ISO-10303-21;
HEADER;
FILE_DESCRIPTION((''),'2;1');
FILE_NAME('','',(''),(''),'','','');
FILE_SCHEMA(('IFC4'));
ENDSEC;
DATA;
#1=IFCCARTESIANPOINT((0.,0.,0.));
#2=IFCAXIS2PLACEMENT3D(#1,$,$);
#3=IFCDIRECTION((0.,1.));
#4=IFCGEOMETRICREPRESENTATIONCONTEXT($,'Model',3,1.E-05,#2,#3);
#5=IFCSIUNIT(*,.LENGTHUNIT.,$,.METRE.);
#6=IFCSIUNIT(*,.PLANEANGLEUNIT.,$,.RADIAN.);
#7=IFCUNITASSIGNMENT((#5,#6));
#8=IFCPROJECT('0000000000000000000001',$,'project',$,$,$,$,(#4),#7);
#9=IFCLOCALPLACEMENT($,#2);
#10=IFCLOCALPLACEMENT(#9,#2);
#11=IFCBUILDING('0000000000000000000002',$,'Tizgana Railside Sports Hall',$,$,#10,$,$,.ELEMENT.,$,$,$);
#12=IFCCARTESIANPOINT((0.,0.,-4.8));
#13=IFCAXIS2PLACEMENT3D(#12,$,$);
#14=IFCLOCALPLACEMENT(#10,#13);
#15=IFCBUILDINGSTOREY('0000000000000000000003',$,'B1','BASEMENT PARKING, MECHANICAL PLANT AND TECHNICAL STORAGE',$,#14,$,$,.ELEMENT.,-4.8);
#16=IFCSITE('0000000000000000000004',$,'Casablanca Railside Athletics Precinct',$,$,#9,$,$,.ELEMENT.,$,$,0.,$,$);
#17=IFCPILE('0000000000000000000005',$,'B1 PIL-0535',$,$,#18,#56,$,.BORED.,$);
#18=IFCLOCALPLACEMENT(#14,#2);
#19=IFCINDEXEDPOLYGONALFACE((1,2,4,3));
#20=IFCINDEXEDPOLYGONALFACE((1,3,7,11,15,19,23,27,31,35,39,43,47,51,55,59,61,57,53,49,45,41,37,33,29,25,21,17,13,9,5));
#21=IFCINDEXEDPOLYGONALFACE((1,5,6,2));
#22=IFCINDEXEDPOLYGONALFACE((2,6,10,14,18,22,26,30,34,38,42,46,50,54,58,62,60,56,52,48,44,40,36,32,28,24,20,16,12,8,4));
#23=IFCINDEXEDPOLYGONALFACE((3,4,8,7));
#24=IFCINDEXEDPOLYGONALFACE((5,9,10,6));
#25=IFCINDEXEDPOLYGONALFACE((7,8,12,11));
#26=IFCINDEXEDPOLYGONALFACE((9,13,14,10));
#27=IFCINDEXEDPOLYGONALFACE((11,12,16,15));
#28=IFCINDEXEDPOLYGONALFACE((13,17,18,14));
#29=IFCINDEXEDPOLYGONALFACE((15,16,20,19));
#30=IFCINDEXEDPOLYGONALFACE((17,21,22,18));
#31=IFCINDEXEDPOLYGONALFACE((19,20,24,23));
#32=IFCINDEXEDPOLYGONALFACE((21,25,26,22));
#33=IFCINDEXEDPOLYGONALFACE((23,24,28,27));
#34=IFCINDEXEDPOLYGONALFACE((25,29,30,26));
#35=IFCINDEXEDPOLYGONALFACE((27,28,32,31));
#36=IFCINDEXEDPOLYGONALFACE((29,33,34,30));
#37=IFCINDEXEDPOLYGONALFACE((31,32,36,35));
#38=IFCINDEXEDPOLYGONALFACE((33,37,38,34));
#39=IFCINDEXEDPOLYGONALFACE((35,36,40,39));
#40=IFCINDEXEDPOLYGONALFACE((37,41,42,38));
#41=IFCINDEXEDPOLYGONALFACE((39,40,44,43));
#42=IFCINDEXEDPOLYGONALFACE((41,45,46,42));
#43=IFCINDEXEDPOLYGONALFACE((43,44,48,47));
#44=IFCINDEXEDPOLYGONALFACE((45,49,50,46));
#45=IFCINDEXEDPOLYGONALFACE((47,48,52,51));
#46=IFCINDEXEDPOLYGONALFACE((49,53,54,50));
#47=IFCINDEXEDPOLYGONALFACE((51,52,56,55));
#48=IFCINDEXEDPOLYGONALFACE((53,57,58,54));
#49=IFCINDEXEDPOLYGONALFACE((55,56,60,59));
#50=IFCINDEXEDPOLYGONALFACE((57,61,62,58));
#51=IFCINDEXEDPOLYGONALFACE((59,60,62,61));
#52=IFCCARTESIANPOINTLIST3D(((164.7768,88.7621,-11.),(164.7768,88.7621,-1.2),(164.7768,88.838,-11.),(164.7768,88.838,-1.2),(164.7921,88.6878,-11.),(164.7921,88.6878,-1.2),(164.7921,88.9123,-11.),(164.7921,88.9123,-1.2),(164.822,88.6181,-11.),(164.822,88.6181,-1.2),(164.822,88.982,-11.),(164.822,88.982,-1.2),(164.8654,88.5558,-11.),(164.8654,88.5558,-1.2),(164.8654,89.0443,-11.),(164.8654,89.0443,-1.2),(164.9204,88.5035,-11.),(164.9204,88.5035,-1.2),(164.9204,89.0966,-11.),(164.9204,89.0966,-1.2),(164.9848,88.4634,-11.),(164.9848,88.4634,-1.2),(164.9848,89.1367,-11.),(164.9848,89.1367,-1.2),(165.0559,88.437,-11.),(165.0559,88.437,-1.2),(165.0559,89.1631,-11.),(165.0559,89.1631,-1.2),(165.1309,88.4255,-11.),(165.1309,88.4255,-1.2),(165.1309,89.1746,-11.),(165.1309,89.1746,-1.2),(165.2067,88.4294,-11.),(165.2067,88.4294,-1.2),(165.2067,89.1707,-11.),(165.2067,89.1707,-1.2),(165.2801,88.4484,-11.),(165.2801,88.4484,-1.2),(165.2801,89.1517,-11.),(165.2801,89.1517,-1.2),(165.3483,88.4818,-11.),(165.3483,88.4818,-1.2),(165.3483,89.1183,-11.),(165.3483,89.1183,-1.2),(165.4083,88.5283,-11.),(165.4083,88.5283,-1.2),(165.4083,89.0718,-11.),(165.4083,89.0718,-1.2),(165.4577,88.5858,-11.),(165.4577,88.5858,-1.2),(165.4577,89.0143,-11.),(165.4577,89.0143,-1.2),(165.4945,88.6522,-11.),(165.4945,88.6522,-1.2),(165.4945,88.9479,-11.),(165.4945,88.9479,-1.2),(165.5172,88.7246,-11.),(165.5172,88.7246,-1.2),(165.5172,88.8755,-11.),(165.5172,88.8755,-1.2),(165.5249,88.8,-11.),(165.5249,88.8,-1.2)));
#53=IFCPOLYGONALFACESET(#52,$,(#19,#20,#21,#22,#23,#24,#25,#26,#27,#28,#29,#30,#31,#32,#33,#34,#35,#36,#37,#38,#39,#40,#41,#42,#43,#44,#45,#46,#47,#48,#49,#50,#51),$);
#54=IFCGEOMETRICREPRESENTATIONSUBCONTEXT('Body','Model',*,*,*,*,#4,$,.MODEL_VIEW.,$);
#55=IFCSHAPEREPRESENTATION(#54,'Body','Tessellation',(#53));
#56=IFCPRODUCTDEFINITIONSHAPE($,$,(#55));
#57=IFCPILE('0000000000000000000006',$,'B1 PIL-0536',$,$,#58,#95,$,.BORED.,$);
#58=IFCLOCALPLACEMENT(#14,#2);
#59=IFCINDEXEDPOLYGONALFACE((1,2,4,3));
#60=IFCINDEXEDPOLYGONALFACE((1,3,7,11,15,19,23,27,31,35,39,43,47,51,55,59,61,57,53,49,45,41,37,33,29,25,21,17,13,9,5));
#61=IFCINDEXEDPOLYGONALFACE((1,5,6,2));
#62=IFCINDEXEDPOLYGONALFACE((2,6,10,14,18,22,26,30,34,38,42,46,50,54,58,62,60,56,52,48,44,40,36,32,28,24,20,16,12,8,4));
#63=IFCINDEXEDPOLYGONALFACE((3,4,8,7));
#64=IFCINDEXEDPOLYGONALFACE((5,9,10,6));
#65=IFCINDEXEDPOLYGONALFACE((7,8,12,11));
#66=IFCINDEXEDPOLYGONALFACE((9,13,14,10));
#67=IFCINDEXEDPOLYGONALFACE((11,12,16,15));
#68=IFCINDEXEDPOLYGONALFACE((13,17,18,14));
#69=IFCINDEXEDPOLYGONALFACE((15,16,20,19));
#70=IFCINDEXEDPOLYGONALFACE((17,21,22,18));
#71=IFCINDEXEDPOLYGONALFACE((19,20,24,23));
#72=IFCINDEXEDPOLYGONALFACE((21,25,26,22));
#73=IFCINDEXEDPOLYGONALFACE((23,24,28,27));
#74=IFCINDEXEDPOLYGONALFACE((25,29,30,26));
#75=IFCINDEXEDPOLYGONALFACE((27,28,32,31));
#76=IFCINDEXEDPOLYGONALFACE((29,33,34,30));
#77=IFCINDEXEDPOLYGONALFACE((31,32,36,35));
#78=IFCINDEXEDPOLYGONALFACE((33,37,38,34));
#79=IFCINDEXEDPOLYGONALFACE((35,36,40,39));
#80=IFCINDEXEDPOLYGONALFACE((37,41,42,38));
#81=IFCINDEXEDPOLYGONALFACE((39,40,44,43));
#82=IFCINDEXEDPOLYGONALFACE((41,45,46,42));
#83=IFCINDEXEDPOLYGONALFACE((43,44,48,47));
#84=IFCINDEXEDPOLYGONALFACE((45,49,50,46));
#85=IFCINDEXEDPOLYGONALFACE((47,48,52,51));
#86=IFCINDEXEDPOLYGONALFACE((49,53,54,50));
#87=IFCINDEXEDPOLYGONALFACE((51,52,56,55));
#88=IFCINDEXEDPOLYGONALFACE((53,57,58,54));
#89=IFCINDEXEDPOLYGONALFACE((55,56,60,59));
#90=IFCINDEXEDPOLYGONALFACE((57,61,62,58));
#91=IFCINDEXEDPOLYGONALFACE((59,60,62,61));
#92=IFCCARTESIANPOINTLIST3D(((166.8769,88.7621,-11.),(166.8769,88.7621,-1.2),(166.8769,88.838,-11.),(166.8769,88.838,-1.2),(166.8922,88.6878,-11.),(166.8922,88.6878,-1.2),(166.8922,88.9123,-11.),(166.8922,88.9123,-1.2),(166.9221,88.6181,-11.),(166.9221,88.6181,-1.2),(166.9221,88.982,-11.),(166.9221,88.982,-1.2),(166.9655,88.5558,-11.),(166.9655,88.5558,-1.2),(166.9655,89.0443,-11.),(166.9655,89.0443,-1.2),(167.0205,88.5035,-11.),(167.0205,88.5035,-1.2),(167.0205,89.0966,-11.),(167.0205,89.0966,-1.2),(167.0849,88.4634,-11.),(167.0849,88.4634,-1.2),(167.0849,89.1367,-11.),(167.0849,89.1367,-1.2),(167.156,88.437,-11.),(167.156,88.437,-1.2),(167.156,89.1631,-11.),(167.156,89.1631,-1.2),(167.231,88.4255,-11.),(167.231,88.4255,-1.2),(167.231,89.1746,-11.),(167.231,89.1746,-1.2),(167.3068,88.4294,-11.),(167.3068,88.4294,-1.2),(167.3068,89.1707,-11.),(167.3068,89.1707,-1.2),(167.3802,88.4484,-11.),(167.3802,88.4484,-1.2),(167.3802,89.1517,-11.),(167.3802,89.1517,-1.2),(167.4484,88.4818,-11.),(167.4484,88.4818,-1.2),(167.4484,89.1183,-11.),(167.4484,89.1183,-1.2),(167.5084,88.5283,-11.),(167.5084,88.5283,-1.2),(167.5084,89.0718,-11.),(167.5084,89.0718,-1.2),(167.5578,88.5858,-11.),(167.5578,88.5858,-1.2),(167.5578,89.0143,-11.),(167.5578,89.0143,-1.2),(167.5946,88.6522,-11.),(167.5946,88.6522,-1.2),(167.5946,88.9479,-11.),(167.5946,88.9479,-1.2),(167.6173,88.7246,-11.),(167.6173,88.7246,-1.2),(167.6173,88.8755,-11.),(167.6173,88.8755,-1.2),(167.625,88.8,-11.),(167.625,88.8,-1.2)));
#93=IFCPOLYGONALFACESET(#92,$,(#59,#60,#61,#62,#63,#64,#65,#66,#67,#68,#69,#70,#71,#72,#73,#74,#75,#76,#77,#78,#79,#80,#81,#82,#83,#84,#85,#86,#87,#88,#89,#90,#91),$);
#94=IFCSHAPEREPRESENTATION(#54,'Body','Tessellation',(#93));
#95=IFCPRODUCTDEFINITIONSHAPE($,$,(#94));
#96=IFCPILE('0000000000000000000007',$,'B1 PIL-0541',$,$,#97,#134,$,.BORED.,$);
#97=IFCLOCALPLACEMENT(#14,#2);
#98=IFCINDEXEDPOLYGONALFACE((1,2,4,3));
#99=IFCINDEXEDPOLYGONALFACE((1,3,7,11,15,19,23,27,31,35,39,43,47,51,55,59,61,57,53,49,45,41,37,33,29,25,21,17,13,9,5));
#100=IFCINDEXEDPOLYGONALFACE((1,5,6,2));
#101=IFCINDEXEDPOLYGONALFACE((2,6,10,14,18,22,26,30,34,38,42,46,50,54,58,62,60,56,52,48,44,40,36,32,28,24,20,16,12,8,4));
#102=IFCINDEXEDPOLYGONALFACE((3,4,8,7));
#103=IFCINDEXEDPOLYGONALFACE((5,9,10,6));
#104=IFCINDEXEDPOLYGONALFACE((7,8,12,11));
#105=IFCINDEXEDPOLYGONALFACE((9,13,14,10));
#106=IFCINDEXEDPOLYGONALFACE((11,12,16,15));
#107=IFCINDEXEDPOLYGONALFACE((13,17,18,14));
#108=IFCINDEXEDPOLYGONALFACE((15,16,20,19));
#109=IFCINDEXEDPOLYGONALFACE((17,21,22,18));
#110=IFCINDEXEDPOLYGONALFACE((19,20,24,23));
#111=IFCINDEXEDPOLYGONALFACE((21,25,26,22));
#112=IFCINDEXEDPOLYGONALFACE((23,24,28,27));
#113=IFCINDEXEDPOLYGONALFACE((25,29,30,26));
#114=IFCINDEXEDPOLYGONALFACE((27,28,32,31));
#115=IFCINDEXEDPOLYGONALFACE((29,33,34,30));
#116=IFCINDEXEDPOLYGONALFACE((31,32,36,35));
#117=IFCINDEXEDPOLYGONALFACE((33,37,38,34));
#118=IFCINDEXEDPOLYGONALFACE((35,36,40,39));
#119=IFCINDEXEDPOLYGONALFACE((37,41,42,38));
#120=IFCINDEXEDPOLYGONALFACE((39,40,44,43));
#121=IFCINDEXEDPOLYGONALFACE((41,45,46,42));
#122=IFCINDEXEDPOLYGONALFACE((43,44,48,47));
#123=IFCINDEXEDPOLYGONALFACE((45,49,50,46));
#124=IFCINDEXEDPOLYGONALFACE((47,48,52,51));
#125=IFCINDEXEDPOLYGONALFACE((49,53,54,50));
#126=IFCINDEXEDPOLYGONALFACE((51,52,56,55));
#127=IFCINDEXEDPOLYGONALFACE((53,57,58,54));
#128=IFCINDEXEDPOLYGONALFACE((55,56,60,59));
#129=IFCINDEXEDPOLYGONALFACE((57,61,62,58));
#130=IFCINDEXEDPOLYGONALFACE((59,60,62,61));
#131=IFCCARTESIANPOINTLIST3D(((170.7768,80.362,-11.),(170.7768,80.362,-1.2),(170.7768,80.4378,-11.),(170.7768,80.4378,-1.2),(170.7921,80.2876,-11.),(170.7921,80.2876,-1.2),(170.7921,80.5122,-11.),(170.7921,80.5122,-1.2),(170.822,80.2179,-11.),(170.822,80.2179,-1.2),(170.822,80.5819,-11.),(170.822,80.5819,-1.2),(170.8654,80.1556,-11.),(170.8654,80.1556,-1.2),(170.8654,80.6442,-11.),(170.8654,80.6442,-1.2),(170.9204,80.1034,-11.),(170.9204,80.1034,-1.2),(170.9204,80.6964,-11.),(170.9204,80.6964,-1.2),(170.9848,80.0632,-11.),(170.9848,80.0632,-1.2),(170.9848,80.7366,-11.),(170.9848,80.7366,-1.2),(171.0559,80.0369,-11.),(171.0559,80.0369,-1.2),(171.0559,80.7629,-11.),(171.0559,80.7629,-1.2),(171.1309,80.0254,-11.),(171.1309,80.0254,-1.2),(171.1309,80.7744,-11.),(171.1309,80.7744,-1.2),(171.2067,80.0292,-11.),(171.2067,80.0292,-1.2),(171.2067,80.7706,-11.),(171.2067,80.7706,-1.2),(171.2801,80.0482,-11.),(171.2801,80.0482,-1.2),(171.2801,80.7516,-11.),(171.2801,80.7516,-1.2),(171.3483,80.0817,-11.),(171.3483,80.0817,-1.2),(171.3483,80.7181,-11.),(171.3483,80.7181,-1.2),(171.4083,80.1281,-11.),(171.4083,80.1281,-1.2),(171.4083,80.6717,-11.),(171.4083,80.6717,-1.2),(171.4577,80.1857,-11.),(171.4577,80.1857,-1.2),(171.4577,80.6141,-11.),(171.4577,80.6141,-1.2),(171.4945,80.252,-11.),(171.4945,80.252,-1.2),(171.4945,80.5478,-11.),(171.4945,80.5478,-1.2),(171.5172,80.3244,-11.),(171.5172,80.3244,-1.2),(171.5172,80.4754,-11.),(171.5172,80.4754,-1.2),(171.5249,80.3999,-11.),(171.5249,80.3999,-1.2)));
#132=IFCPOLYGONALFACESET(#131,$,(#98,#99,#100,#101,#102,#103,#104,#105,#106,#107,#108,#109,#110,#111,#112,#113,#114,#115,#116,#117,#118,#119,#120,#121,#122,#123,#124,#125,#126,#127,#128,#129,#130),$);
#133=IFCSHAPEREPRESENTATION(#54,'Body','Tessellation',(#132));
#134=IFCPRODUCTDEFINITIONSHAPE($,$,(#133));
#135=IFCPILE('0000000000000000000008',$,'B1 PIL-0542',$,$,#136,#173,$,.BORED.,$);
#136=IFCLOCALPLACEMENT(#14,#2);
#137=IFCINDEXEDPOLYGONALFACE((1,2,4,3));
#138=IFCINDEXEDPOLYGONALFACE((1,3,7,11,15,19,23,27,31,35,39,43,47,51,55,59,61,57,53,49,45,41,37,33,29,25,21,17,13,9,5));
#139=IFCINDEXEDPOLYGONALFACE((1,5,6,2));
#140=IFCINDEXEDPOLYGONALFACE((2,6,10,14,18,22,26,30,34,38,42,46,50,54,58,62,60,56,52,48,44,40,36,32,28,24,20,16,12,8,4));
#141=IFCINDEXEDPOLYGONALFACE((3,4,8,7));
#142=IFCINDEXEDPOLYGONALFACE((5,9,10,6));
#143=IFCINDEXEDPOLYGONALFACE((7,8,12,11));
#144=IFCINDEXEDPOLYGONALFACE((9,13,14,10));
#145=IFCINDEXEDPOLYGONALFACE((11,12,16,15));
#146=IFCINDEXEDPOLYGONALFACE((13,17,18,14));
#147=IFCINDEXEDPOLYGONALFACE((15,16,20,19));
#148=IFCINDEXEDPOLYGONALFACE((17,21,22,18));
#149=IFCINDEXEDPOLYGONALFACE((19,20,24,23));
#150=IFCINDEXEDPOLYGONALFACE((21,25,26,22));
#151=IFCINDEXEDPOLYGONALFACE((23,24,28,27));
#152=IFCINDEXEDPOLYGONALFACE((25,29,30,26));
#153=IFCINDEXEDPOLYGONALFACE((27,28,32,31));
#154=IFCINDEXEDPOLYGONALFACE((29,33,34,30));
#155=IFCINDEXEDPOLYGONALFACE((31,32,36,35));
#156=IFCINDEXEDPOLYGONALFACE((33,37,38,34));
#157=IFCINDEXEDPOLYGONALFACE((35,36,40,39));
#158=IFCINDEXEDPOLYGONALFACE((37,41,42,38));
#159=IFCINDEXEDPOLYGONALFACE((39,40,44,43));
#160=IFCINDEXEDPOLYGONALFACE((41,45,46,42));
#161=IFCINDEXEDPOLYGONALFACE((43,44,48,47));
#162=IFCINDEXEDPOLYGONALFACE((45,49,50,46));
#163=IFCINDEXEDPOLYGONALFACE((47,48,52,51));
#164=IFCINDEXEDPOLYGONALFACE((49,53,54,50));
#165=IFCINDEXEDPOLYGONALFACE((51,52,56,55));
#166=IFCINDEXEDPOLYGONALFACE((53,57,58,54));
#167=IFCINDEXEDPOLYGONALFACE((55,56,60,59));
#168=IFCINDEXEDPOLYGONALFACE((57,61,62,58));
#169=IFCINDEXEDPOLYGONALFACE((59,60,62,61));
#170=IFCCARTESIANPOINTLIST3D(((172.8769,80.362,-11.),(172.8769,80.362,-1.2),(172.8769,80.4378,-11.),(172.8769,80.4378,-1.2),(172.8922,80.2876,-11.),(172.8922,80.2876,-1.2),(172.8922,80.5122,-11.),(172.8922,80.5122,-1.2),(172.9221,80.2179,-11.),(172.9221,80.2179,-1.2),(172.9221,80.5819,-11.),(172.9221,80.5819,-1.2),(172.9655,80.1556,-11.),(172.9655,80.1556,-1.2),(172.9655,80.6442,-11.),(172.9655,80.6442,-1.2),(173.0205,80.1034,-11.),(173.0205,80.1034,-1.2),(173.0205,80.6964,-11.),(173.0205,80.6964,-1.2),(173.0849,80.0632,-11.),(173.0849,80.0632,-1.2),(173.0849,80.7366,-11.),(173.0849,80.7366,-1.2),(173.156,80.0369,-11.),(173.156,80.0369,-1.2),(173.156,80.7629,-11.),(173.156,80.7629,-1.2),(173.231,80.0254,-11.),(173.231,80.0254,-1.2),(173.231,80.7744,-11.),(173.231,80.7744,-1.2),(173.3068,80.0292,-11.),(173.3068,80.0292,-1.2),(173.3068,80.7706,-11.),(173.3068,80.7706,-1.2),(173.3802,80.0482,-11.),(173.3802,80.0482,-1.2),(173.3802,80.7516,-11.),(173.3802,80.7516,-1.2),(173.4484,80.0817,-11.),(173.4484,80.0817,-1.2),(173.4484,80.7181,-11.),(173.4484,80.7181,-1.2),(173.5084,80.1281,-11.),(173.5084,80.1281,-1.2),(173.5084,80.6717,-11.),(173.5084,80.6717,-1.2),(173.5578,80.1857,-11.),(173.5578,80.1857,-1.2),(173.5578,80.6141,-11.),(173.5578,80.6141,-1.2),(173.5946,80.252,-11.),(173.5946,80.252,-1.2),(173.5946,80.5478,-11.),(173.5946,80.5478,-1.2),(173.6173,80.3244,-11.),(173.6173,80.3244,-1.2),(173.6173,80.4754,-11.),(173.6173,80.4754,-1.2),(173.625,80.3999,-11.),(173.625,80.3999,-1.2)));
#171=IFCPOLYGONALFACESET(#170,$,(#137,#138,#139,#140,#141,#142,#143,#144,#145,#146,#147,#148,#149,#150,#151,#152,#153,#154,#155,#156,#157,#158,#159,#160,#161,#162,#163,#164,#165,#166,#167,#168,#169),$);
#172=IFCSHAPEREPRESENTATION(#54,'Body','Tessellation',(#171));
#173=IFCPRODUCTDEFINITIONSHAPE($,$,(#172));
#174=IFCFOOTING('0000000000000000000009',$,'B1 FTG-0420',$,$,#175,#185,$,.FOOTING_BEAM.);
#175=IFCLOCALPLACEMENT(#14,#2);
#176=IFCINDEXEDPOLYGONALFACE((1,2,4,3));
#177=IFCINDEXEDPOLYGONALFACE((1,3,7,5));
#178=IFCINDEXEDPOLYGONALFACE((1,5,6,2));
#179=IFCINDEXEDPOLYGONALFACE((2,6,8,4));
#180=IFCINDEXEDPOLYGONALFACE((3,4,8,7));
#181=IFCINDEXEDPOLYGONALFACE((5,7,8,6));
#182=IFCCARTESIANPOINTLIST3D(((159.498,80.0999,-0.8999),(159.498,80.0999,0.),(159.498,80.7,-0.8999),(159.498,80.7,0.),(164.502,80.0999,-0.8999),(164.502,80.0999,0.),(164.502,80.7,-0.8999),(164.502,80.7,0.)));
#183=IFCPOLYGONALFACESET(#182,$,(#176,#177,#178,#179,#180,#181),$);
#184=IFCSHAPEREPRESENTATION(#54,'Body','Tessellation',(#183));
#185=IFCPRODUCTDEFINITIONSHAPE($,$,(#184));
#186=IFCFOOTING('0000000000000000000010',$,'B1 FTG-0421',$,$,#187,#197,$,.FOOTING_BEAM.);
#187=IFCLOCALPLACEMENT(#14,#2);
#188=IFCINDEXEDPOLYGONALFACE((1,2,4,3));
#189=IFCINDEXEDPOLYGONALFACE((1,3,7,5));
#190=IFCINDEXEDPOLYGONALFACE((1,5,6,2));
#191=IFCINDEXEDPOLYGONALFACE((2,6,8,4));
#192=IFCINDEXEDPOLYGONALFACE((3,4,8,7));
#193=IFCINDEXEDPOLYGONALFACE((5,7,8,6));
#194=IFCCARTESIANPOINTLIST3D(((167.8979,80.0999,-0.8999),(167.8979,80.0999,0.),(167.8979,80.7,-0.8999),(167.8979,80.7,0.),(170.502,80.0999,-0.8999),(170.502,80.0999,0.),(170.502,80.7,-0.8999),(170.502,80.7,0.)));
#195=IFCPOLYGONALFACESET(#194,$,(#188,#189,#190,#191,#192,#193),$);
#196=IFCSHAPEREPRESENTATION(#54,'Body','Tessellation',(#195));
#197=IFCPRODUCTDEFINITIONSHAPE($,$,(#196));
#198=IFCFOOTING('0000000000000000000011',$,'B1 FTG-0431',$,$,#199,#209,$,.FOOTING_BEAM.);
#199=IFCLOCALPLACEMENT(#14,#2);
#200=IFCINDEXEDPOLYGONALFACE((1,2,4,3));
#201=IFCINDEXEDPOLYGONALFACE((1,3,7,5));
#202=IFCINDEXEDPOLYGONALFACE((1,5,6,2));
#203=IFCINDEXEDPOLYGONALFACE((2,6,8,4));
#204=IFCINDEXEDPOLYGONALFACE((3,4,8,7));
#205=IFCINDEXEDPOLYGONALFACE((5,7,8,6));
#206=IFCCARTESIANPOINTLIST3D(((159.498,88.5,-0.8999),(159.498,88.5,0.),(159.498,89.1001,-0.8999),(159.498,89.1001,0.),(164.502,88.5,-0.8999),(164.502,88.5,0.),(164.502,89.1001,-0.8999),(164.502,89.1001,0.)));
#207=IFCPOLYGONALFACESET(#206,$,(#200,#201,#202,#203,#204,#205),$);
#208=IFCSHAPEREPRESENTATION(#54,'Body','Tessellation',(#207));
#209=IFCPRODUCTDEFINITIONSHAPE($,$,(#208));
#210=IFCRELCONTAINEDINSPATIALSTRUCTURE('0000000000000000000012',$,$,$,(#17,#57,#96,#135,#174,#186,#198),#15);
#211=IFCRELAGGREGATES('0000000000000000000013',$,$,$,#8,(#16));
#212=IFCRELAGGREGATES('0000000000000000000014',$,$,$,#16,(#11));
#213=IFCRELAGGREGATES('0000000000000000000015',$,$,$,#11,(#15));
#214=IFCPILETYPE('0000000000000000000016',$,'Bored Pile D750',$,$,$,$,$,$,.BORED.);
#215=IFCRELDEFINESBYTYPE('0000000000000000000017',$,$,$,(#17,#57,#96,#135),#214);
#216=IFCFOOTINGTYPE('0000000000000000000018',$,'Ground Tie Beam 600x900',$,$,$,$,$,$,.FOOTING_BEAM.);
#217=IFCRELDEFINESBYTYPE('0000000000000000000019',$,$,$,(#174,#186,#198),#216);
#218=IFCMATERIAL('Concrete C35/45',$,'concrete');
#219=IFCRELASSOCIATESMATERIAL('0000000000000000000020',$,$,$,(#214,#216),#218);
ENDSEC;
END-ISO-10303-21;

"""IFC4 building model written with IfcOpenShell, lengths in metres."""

from ifc_helpers import new_model, si_unit, direction, frame, origin, origin_2d, place, context, subcontext, project, spatial, rectangle, circle, extrude, material, material_profile, profile_set, type_object, element, save


model = new_model("IFC4")

# Units and contexts
model_context = context("Model", 3, precision=1e-05, world=origin(), true_north=direction((0.0, 1.0)))
body_context = subcontext(model_context, "Body", "Model", "MODEL_VIEW")
ifc_project = project(units=[si_unit("LENGTHUNIT", "METRE"), si_unit("PLANEANGLEUNIT", "RADIAN")], contexts=[model_context])

# Site, building, storey
site_placement = place(None, origin())
site = spatial("IfcSite", under=ifc_project, at=site_placement, Name="Casablanca Railside Athletics Precinct", CompositionType="ELEMENT", RefElevation=0.0)
building_placement = place(site_placement, origin())
building = spatial("IfcBuilding", under=site, at=building_placement, Name="Tizgana Railside Sports Hall", CompositionType="ELEMENT")
storey_placement = place(building_placement, frame((0.0, 0.0, -4.8)))
storey = spatial("IfcBuildingStorey", under=building, at=storey_placement, Name="B1", Description="BASEMENT PARKING, MECHANICAL PLANT AND TECHNICAL STORAGE", CompositionType="ELEMENT", Elevation=-4.8)

# Piles
ifc_material_1 = material(Name="Concrete C35/45", Category="concrete")
ifc_material_profile_1 = material_profile(ifc_material_1, circle(Radius=0.375, at=origin_2d()), Name="PILE D750")
ifc_profile_set_1 = profile_set([ifc_material_profile_1], Name="Concrete C35/45")
pile_type = type_object("IfcPileType", Name="Bored Pile D750", PredefinedType="BORED", material=ifc_profile_set_1)
for number, where, z_axis, x_axis, name in (
    (1, (165.1499, 88.8, -1.2), (0.0, 0.0, -1.0), (1.0, 0.0, 0.0), "B1 PIL-0535"),
    (2, (167.25, 88.8, -1.2), (0.0, 0.0, -1.0), (1.0, 0.0, 0.0), "B1 PIL-0536"),
    (3, (171.1499, 80.3999, -1.2), (0.0, 0.0, -1.0), (1.0, 0.0, 0.0), "B1 PIL-0541"),
    (4, (173.25, 80.3999, -1.2), (0.0, 0.0, -1.0), (1.0, 0.0, 0.0), "B1 PIL-0542"),
):
    element("IfcPile", number, at=place(storey_placement, frame(where, z_axis=z_axis, x_axis=x_axis)), inside=storey, type_object=pile_type, Name=name, PredefinedType="BORED", context=body_context, shape_type="SweptSolid", body=[
        extrude(circle(Radius=0.375, at=origin_2d()), origin(), (0.0, 0.0, 1.0), 9.8),
    ])

# Footings
footing_type_1 = type_object("IfcFootingType", Name="Ground Tie Beam 600x900", PredefinedType="FOOTING_BEAM", material=ifc_material_1)
footing_1_placement = place(storey_placement, frame((162.0, 80.3999, -0.8999), z_axis=(0.0, 0.0, 1.0), x_axis=(1.0, 0.0, 0.0)))
element("IfcFooting", 5, at=footing_1_placement, inside=storey, type_object=footing_type_1, Name="B1 FTG-0420", PredefinedType="FOOTING_BEAM", context=body_context, shape_type="SweptSolid", body=[
    extrude(rectangle(XDim=5.0039, YDim=0.6001, at=origin_2d()), origin(), (0.0, 0.0, 1.0), 0.8999),
])
footing_2_placement = place(storey_placement, frame((169.2, 80.3999, -0.8999), z_axis=(0.0, 0.0, 1.0), x_axis=(1.0, 0.0, 0.0)))
element("IfcFooting", 6, at=footing_2_placement, inside=storey, type_object=footing_type_1, Name="B1 FTG-0421", PredefinedType="FOOTING_BEAM", context=body_context, shape_type="SweptSolid", body=[
    extrude(rectangle(XDim=2.604, YDim=0.6001, at=origin_2d()), origin(), (0.0, 0.0, 1.0), 0.8999),
])
footing_3_placement = place(storey_placement, frame((162.0, 88.8, -0.8999), z_axis=(0.0, 0.0, 1.0), x_axis=(1.0, 0.0, 0.0)))
element("IfcFooting", 7, at=footing_3_placement, inside=storey, type_object=footing_type_1, Name="B1 FTG-0431", PredefinedType="FOOTING_BEAM", context=body_context, shape_type="SweptSolid", body=[
    extrude(rectangle(XDim=5.0039, YDim=0.6001, at=origin_2d()), origin(), (0.0, 0.0, 1.0), 0.8999),
])

save(model, "model.ifc")
